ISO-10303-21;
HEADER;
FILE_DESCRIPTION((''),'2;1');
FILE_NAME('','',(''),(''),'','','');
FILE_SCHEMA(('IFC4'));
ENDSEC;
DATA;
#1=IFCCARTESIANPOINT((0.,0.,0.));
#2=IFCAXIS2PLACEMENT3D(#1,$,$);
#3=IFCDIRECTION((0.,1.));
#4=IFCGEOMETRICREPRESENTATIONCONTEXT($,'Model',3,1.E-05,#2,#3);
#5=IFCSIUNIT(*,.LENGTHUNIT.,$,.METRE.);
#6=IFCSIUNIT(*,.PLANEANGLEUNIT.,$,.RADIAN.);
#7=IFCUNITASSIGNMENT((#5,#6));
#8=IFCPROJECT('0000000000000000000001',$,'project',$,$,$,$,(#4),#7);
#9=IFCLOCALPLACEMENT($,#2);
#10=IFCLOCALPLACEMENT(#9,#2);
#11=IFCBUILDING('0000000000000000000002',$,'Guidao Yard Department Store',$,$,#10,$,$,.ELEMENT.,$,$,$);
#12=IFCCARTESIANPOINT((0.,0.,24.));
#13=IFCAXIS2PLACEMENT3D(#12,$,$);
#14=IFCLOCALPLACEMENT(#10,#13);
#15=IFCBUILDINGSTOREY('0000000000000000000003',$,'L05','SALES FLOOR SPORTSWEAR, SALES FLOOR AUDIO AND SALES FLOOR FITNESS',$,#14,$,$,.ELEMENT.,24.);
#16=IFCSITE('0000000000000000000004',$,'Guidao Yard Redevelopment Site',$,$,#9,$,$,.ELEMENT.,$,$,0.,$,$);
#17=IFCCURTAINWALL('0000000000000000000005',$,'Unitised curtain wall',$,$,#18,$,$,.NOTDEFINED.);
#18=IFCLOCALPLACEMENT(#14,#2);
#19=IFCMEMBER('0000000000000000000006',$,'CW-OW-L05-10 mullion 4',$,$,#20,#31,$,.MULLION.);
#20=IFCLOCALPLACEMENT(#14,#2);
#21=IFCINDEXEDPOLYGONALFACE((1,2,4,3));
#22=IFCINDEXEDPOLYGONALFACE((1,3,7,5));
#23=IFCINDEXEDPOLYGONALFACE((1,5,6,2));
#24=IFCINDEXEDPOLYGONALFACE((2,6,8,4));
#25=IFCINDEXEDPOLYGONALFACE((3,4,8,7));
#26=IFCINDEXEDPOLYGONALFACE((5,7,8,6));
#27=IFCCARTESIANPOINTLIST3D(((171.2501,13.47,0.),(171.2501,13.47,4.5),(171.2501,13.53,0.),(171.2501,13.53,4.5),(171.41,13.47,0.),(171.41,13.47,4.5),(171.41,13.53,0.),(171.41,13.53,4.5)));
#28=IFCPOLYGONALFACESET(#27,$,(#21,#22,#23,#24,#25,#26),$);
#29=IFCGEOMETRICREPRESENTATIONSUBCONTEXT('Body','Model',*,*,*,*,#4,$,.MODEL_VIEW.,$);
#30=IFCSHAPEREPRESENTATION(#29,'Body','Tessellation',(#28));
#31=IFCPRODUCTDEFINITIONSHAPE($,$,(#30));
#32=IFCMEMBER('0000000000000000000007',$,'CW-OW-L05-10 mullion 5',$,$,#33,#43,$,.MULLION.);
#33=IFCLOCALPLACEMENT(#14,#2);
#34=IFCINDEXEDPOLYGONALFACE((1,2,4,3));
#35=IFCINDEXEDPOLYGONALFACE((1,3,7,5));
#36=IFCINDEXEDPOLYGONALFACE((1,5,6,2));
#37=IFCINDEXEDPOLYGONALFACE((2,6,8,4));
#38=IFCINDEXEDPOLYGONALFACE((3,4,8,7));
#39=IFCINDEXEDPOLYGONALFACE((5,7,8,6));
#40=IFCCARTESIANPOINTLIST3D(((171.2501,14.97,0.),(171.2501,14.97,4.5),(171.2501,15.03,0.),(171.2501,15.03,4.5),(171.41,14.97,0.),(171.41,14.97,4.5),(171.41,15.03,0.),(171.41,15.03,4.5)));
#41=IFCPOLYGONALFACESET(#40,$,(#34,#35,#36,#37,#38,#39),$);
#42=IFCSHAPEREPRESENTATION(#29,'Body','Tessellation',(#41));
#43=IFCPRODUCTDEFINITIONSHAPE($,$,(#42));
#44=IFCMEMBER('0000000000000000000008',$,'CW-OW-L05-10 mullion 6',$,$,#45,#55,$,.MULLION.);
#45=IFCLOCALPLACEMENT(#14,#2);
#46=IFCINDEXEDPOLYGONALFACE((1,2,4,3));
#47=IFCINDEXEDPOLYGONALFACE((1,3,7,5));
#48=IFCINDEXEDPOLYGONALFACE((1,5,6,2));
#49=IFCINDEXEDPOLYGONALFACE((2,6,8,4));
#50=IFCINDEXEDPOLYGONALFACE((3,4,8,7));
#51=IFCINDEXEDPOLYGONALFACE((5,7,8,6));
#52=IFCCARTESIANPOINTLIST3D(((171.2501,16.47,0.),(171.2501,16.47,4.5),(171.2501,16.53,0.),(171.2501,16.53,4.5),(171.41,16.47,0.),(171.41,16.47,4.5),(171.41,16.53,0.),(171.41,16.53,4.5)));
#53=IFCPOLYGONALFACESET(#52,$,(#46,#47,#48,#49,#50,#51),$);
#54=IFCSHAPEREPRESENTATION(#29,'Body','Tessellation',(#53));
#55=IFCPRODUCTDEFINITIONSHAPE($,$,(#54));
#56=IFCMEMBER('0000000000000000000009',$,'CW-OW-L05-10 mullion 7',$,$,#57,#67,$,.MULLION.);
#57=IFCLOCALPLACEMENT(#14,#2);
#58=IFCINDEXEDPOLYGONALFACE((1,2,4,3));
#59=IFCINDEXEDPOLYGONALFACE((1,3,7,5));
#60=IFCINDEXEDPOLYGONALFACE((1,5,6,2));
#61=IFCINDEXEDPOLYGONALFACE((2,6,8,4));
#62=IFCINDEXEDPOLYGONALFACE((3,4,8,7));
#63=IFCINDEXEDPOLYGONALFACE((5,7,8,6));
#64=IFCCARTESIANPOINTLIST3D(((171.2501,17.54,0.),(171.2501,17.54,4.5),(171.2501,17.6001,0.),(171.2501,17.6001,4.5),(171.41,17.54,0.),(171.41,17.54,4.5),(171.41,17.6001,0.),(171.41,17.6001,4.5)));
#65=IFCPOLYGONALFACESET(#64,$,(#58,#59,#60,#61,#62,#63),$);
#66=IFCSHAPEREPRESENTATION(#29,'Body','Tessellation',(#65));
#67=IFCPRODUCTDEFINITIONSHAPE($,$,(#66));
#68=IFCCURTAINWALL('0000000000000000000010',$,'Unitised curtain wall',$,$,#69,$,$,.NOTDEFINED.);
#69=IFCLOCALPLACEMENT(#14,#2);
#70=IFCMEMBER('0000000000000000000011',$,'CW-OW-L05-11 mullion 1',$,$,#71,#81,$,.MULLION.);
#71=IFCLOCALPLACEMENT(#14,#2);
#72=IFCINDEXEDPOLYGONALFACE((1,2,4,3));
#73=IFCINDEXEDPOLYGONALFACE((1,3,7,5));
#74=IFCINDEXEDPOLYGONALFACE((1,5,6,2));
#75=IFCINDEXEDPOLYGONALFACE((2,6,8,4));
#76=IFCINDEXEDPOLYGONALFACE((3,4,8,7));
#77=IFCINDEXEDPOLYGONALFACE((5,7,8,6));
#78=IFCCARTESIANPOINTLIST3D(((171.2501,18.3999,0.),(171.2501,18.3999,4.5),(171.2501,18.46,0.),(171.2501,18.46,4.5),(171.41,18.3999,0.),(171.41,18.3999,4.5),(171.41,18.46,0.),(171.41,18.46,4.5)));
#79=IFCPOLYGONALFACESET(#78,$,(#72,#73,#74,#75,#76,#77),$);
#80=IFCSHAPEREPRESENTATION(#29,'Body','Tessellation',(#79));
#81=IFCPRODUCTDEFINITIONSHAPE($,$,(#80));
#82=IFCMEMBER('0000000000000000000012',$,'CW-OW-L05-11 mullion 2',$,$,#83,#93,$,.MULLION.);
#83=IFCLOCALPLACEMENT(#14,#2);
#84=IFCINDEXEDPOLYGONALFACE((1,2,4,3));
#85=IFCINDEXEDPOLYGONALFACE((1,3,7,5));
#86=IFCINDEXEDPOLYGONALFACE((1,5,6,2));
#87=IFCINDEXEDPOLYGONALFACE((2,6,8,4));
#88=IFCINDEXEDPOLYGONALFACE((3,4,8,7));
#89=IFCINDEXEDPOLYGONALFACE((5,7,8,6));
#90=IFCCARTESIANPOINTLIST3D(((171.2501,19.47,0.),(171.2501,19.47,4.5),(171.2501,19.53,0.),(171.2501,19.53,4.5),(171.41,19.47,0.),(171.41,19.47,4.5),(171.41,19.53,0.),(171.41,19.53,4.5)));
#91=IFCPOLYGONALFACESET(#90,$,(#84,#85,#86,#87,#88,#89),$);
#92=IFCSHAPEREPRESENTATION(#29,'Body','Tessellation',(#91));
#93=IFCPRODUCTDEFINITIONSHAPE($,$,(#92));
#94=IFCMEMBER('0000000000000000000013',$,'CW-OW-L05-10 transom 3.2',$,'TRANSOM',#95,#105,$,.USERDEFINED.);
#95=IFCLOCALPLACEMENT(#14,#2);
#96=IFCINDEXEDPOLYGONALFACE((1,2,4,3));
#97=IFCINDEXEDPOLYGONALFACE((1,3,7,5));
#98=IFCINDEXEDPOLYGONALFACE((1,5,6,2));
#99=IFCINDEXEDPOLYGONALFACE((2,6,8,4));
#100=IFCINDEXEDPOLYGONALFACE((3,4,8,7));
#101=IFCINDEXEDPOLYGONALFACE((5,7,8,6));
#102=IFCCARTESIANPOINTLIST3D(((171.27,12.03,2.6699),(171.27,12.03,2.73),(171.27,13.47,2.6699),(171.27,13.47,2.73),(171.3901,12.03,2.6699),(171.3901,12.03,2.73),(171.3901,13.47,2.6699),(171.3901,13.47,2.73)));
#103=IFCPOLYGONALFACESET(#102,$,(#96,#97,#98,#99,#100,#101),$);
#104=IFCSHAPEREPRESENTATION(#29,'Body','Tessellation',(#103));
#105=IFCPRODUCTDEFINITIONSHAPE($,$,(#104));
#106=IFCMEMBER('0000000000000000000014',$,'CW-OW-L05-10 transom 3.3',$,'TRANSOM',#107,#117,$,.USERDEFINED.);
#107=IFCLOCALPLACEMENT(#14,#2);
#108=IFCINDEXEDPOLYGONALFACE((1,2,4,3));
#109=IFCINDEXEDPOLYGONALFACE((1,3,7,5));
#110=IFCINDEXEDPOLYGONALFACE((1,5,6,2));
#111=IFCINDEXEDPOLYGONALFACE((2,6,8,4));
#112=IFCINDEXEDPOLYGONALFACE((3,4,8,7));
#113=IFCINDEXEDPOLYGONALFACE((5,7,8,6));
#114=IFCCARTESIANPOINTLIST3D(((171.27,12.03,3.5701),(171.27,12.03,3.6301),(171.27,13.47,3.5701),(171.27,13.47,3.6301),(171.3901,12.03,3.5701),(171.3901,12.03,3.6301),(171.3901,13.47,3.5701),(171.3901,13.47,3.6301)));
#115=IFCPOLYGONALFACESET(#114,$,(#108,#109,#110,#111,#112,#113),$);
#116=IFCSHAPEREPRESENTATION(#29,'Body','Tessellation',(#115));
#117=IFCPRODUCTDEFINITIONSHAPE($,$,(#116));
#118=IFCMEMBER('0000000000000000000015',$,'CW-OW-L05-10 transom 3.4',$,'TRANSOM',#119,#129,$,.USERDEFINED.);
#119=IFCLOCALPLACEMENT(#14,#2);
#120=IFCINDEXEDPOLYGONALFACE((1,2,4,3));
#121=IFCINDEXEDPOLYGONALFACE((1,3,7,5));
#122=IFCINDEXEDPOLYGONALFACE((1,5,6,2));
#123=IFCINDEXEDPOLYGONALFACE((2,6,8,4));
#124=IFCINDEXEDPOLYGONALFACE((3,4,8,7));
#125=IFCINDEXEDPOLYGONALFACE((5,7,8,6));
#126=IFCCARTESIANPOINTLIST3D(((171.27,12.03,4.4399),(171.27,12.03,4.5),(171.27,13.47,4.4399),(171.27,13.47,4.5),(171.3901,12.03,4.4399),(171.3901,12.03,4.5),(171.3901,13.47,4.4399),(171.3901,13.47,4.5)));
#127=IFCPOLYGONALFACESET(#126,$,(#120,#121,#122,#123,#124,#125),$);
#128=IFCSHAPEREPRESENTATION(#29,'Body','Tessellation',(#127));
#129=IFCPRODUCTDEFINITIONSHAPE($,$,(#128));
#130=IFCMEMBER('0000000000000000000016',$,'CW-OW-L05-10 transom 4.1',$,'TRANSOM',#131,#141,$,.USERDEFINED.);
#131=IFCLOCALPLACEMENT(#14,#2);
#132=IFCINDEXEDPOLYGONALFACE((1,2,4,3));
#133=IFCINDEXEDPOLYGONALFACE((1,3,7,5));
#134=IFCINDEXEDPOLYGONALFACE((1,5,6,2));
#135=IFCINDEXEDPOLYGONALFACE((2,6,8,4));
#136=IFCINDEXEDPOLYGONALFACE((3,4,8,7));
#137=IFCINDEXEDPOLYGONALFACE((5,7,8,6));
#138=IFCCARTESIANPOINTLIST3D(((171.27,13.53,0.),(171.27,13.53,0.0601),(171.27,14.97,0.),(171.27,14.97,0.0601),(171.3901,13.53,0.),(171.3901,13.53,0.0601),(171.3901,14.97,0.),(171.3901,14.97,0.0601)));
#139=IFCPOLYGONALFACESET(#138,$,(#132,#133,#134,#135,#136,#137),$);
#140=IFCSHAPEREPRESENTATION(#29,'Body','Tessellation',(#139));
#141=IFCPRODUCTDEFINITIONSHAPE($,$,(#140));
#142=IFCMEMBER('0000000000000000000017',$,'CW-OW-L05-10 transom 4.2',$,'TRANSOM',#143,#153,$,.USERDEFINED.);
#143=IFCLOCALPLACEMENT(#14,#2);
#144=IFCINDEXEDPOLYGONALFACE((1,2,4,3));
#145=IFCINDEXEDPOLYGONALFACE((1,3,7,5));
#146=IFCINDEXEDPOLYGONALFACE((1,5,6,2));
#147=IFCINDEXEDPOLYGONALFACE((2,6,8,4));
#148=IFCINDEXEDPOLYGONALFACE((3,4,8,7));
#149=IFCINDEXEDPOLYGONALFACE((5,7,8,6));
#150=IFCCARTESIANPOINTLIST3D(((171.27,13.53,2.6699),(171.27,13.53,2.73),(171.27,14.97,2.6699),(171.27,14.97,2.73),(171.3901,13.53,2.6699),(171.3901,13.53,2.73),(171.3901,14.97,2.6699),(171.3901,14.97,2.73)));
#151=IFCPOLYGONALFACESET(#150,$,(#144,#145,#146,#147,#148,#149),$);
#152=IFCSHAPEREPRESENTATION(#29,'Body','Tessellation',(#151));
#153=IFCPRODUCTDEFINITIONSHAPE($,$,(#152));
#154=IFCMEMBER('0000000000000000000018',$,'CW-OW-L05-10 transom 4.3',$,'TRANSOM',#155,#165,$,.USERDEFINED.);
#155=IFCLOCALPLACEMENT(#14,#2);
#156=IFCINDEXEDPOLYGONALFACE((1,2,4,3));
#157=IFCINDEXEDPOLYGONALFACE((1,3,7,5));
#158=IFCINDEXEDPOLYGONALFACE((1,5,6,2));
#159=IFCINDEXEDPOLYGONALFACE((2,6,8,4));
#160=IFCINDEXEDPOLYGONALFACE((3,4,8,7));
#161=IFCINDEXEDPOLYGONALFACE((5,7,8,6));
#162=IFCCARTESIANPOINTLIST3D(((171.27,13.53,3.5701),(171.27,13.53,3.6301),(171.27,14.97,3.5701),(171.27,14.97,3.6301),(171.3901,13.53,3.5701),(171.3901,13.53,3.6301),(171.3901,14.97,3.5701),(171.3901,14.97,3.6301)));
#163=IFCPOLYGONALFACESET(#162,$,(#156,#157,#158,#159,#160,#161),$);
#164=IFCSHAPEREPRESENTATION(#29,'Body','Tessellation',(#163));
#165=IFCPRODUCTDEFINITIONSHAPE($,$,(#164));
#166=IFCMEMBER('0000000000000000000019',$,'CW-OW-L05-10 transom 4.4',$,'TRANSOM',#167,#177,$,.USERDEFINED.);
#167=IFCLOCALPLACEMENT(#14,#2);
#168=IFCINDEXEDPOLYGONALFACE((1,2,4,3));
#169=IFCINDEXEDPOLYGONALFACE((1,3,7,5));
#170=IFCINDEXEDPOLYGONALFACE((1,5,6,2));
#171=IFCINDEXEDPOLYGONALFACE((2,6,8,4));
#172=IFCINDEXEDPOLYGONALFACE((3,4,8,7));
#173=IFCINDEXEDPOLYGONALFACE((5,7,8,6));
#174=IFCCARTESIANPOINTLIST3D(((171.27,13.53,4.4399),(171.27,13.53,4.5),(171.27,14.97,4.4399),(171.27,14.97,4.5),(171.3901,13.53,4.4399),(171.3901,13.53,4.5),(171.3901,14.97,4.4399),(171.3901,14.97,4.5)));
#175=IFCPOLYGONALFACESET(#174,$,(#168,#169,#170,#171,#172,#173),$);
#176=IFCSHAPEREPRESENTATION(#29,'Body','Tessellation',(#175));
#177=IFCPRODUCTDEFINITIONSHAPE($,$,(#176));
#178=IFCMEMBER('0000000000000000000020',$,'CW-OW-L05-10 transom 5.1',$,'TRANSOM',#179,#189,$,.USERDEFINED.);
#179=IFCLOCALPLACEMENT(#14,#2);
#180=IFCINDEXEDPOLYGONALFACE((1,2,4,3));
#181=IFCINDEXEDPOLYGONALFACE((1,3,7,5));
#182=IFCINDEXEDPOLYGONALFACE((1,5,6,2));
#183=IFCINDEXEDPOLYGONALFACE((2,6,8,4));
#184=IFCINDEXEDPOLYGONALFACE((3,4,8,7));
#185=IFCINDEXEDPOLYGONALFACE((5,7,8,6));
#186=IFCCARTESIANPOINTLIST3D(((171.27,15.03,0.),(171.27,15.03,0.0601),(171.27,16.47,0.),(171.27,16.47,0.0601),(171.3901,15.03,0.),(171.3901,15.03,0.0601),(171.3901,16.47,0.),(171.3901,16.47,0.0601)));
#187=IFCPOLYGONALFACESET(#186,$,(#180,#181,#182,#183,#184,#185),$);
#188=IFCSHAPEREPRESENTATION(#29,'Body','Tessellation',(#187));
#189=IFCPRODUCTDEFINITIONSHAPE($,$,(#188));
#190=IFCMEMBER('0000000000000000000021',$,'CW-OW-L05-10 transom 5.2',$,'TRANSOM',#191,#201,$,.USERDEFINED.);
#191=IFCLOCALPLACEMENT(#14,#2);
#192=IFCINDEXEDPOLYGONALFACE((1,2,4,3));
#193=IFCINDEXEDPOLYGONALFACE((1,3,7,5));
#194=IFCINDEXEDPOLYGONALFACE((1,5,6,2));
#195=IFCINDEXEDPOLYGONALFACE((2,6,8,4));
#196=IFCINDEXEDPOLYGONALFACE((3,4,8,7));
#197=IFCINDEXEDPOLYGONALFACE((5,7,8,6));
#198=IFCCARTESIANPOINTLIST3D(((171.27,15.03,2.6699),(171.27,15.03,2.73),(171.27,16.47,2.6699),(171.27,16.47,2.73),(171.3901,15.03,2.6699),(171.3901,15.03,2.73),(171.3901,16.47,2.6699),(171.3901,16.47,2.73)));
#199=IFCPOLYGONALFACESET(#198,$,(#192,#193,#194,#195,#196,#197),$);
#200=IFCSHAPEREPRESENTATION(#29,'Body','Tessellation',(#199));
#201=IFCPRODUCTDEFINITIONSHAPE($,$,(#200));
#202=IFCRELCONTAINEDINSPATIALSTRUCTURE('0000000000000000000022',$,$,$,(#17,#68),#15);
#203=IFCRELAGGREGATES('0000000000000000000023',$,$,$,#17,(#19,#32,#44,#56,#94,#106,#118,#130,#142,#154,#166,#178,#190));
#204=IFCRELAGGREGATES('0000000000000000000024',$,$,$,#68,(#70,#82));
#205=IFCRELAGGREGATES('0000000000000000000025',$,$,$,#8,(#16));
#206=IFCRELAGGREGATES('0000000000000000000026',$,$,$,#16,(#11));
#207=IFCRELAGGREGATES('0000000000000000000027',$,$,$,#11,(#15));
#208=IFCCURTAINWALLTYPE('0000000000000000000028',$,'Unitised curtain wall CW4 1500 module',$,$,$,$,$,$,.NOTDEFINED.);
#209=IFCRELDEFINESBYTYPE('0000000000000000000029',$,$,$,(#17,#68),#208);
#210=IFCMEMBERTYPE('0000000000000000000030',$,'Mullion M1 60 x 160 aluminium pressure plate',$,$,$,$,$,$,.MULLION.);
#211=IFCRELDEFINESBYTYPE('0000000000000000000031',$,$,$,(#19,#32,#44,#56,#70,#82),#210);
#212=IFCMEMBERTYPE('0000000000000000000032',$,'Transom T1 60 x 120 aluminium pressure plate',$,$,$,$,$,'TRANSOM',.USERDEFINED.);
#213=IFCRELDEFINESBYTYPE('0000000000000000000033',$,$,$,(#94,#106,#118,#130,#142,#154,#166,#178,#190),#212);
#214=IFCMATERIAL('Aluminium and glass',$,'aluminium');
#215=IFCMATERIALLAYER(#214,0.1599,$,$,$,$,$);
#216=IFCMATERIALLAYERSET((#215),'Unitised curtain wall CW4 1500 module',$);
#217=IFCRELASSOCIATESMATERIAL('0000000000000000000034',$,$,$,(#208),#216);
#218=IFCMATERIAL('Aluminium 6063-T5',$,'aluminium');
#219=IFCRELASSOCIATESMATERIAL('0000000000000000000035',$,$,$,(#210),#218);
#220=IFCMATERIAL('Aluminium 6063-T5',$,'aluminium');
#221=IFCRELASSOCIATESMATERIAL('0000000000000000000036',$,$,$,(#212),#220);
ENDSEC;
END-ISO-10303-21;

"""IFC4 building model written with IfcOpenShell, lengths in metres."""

from ifc_helpers import new_model, si_unit, direction, frame, origin, origin_2d, place, context, subcontext, project, spatial, rectangle, extrude, material, layer, layer_set, material_profile, profile_set, type_object, element, aggregate, save


model = new_model("IFC4")

# Units and contexts
model_context = context("Model", 3, precision=1e-05, world=origin(), true_north=direction((0.0, 1.0)))
body_context = subcontext(model_context, "Body", "Model", "MODEL_VIEW")
ifc_project = project(units=[si_unit("LENGTHUNIT", "METRE"), si_unit("PLANEANGLEUNIT", "RADIAN")], contexts=[model_context])

# Site, building, storey
site_placement = place(None, origin())
site = spatial("IfcSite", under=ifc_project, at=site_placement, Name="Guidao Yard Redevelopment Site", CompositionType="ELEMENT", RefElevation=0.0)
building_placement = place(site_placement, origin())
building = spatial("IfcBuilding", under=site, at=building_placement, Name="Guidao Yard Department Store", CompositionType="ELEMENT")
storey_placement = place(building_placement, frame((0.0, 0.0, 24.0)))
storey = spatial("IfcBuildingStorey", under=building, at=storey_placement, Name="L05", Description="SALES FLOOR SPORTSWEAR, SALES FLOOR AUDIO AND SALES FLOOR FITNESS", CompositionType="ELEMENT", Elevation=24.0)

# Curtain walls, members
ifc_material_1 = material(Name="Aluminium and glass", Category="aluminium")
ifc_layer_1 = layer(ifc_material_1, 0.1599)
ifc_layer_set_1 = layer_set([ifc_layer_1], Name="Unitised curtain wall CW4 1500 module")
curtain_wall_type = type_object("IfcCurtainWallType", Name="Unitised curtain wall CW4 1500 module", PredefinedType="NOTDEFINED", material=ifc_layer_set_1)
curtain_wall_1_placement = place(storey_placement, origin())
curtain_wall_1 = element("IfcCurtainWall", 1, at=curtain_wall_1_placement, inside=storey, type_object=curtain_wall_type, Name="Unitised curtain wall", PredefinedType="NOTDEFINED")
ifc_material_2 = material(Name="Aluminium 6063-T5", Category="aluminium")
ifc_material_profile_1 = material_profile(ifc_material_2, rectangle(XDim=0.0601, YDim=0.1599, at=origin_2d()), Name="Mullion M1 60 x 160 aluminium pressure plate")
ifc_profile_set_1 = profile_set([ifc_material_profile_1], Name="Aluminium 6063-T5")
member_type_1 = type_object("IfcMemberType", Name="Mullion M1 60 x 160 aluminium pressure plate", PredefinedType="MULLION", material=ifc_profile_set_1)
member_1_placement = place(storey_placement, frame((171.3301, 13.5, 0.0), z_axis=(0.0, 0.0, 1.0), x_axis=(0.0, -1.0, 0.0)))
member_1 = element("IfcMember", 2, at=member_1_placement, type_object=member_type_1, Name="CW-OW-L05-10 mullion 4", PredefinedType="MULLION", context=body_context, shape_type="SweptSolid", body=[
    extrude(rectangle(XDim=0.0601, YDim=0.1599, at=origin_2d()), origin(), (0.0, 0.0, 1.0), 4.5),
])
member_2_placement = place(storey_placement, frame((171.3301, 15.0, 0.0), z_axis=(0.0, 0.0, 1.0), x_axis=(0.0, -1.0, 0.0)))
member_2 = element("IfcMember", 3, at=member_2_placement, type_object=member_type_1, Name="CW-OW-L05-10 mullion 5", PredefinedType="MULLION", context=body_context, shape_type="SweptSolid", body=[
    extrude(rectangle(XDim=0.0601, YDim=0.1599, at=origin_2d()), origin(), (0.0, 0.0, 1.0), 4.5),
])
member_3_placement = place(storey_placement, frame((171.3301, 16.5, 0.0), z_axis=(0.0, 0.0, 1.0), x_axis=(0.0, -1.0, 0.0)))
member_3 = element("IfcMember", 4, at=member_3_placement, type_object=member_type_1, Name="CW-OW-L05-10 mullion 6", PredefinedType="MULLION", context=body_context, shape_type="SweptSolid", body=[
    extrude(rectangle(XDim=0.0601, YDim=0.1599, at=origin_2d()), origin(), (0.0, 0.0, 1.0), 4.5),
])
member_4_placement = place(storey_placement, frame((171.3301, 17.5701, 0.0), z_axis=(0.0, 0.0, 1.0), x_axis=(0.0, -1.0, 0.0)))
member_4 = element("IfcMember", 5, at=member_4_placement, type_object=member_type_1, Name="CW-OW-L05-10 mullion 7", PredefinedType="MULLION", context=body_context, shape_type="SweptSolid", body=[
    extrude(rectangle(XDim=0.0601, YDim=0.1599, at=origin_2d()), origin(), (0.0, 0.0, 1.0), 4.5),
])
curtain_wall_2_placement = place(storey_placement, origin())
curtain_wall_2 = element("IfcCurtainWall", 6, at=curtain_wall_2_placement, inside=storey, type_object=curtain_wall_type, Name="Unitised curtain wall", PredefinedType="NOTDEFINED")
member_5_placement = place(storey_placement, frame((171.3301, 18.4299, 0.0), z_axis=(0.0, 0.0, 1.0), x_axis=(0.0, -1.0, 0.0)))
member_5 = element("IfcMember", 7, at=member_5_placement, type_object=member_type_1, Name="CW-OW-L05-11 mullion 1", PredefinedType="MULLION", context=body_context, shape_type="SweptSolid", body=[
    extrude(rectangle(XDim=0.0601, YDim=0.1599, at=origin_2d()), origin(), (0.0, 0.0, 1.0), 4.5),
])
member_6_placement = place(storey_placement, frame((171.3301, 19.5, 0.0), z_axis=(0.0, 0.0, 1.0), x_axis=(0.0, -1.0, 0.0)))
member_6 = element("IfcMember", 8, at=member_6_placement, type_object=member_type_1, Name="CW-OW-L05-11 mullion 2", PredefinedType="MULLION", context=body_context, shape_type="SweptSolid", body=[
    extrude(rectangle(XDim=0.0601, YDim=0.1599, at=origin_2d()), origin(), (0.0, 0.0, 1.0), 4.5),
])

# Members
ifc_material_3 = material(Name="Aluminium 6063-T5", Category="aluminium")
ifc_material_profile_2 = material_profile(ifc_material_3, rectangle(XDim=0.1201, YDim=0.0601, at=origin_2d()), Name="Transom T1 60 x 120 aluminium pressure plate")
ifc_profile_set_2 = profile_set([ifc_material_profile_2], Name="Aluminium 6063-T5")
member_type_2 = type_object("IfcMemberType", Name="Transom T1 60 x 120 aluminium pressure plate", ElementType="TRANSOM", PredefinedType="USERDEFINED", material=ifc_profile_set_2)
member_7_placement = place(storey_placement, frame((171.3301, 13.47, 2.7), z_axis=(0.0, -1.0, 0.0), x_axis=(1.0, 0.0, 0.0)))
member_7 = element("IfcMember", 9, at=member_7_placement, type_object=member_type_2, Name="CW-OW-L05-10 transom 3.2", ObjectType="TRANSOM", PredefinedType="USERDEFINED", context=body_context, shape_type="SweptSolid", body=[
    extrude(rectangle(XDim=0.1201, YDim=0.0601, at=origin_2d()), origin(), (0.0, 0.0, 1.0), 1.4399),
])
member_8_placement = place(storey_placement, frame((171.3301, 13.47, 3.6001), z_axis=(0.0, -1.0, 0.0), x_axis=(1.0, 0.0, 0.0)))
member_8 = element("IfcMember", 10, at=member_8_placement, type_object=member_type_2, Name="CW-OW-L05-10 transom 3.3", ObjectType="TRANSOM", PredefinedType="USERDEFINED", context=body_context, shape_type="SweptSolid", body=[
    extrude(rectangle(XDim=0.1201, YDim=0.0601, at=origin_2d()), origin(), (0.0, 0.0, 1.0), 1.4399),
])
member_9_placement = place(storey_placement, frame((171.3301, 13.47, 4.47), z_axis=(0.0, -1.0, 0.0), x_axis=(1.0, 0.0, 0.0)))
member_9 = element("IfcMember", 11, at=member_9_placement, type_object=member_type_2, Name="CW-OW-L05-10 transom 3.4", ObjectType="TRANSOM", PredefinedType="USERDEFINED", context=body_context, shape_type="SweptSolid", body=[
    extrude(rectangle(XDim=0.1201, YDim=0.0601, at=origin_2d()), origin(), (0.0, 0.0, 1.0), 1.4399),
])
member_10_placement = place(storey_placement, frame((171.3301, 14.97, 0.03), z_axis=(0.0, -1.0, 0.0), x_axis=(1.0, 0.0, 0.0)))
member_10 = element("IfcMember", 12, at=member_10_placement, type_object=member_type_2, Name="CW-OW-L05-10 transom 4.1", ObjectType="TRANSOM", PredefinedType="USERDEFINED", context=body_context, shape_type="SweptSolid", body=[
    extrude(rectangle(XDim=0.1201, YDim=0.0601, at=origin_2d()), origin(), (0.0, 0.0, 1.0), 1.4399),
])
member_11_placement = place(storey_placement, frame((171.3301, 14.97, 2.7), z_axis=(0.0, -1.0, 0.0), x_axis=(1.0, 0.0, 0.0)))
member_11 = element("IfcMember", 13, at=member_11_placement, type_object=member_type_2, Name="CW-OW-L05-10 transom 4.2", ObjectType="TRANSOM", PredefinedType="USERDEFINED", context=body_context, shape_type="SweptSolid", body=[
    extrude(rectangle(XDim=0.1201, YDim=0.0601, at=origin_2d()), origin(), (0.0, 0.0, 1.0), 1.4399),
])
member_12_placement = place(storey_placement, frame((171.3301, 14.97, 3.6001), z_axis=(0.0, -1.0, 0.0), x_axis=(1.0, 0.0, 0.0)))
member_12 = element("IfcMember", 14, at=member_12_placement, type_object=member_type_2, Name="CW-OW-L05-10 transom 4.3", ObjectType="TRANSOM", PredefinedType="USERDEFINED", context=body_context, shape_type="SweptSolid", body=[
    extrude(rectangle(XDim=0.1201, YDim=0.0601, at=origin_2d()), origin(), (0.0, 0.0, 1.0), 1.4399),
])
member_13_placement = place(storey_placement, frame((171.3301, 14.97, 4.47), z_axis=(0.0, -1.0, 0.0), x_axis=(1.0, 0.0, 0.0)))
member_13 = element("IfcMember", 15, at=member_13_placement, type_object=member_type_2, Name="CW-OW-L05-10 transom 4.4", ObjectType="TRANSOM", PredefinedType="USERDEFINED", context=body_context, shape_type="SweptSolid", body=[
    extrude(rectangle(XDim=0.1201, YDim=0.0601, at=origin_2d()), origin(), (0.0, 0.0, 1.0), 1.4399),
])
member_14_placement = place(storey_placement, frame((171.3301, 16.47, 0.03), z_axis=(0.0, -1.0, 0.0), x_axis=(1.0, 0.0, 0.0)))
member_14 = element("IfcMember", 16, at=member_14_placement, type_object=member_type_2, Name="CW-OW-L05-10 transom 5.1", ObjectType="TRANSOM", PredefinedType="USERDEFINED", context=body_context, shape_type="SweptSolid", body=[
    extrude(rectangle(XDim=0.1201, YDim=0.0601, at=origin_2d()), origin(), (0.0, 0.0, 1.0), 1.4399),
])
member_15_placement = place(storey_placement, frame((171.3301, 16.47, 2.7), z_axis=(0.0, -1.0, 0.0), x_axis=(1.0, 0.0, 0.0)))
member_15 = element("IfcMember", 17, at=member_15_placement, type_object=member_type_2, Name="CW-OW-L05-10 transom 5.2", ObjectType="TRANSOM", PredefinedType="USERDEFINED", context=body_context, shape_type="SweptSolid", body=[
    extrude(rectangle(XDim=0.1201, YDim=0.0601, at=origin_2d()), origin(), (0.0, 0.0, 1.0), 1.4399),
])

aggregate(curtain_wall_1, [member_1, member_2, member_3, member_4, member_7, member_8, member_9, member_10, member_11, member_12, member_13, member_14, member_15])
aggregate(curtain_wall_2, [member_5, member_6])

save(model, "model.ifc")
